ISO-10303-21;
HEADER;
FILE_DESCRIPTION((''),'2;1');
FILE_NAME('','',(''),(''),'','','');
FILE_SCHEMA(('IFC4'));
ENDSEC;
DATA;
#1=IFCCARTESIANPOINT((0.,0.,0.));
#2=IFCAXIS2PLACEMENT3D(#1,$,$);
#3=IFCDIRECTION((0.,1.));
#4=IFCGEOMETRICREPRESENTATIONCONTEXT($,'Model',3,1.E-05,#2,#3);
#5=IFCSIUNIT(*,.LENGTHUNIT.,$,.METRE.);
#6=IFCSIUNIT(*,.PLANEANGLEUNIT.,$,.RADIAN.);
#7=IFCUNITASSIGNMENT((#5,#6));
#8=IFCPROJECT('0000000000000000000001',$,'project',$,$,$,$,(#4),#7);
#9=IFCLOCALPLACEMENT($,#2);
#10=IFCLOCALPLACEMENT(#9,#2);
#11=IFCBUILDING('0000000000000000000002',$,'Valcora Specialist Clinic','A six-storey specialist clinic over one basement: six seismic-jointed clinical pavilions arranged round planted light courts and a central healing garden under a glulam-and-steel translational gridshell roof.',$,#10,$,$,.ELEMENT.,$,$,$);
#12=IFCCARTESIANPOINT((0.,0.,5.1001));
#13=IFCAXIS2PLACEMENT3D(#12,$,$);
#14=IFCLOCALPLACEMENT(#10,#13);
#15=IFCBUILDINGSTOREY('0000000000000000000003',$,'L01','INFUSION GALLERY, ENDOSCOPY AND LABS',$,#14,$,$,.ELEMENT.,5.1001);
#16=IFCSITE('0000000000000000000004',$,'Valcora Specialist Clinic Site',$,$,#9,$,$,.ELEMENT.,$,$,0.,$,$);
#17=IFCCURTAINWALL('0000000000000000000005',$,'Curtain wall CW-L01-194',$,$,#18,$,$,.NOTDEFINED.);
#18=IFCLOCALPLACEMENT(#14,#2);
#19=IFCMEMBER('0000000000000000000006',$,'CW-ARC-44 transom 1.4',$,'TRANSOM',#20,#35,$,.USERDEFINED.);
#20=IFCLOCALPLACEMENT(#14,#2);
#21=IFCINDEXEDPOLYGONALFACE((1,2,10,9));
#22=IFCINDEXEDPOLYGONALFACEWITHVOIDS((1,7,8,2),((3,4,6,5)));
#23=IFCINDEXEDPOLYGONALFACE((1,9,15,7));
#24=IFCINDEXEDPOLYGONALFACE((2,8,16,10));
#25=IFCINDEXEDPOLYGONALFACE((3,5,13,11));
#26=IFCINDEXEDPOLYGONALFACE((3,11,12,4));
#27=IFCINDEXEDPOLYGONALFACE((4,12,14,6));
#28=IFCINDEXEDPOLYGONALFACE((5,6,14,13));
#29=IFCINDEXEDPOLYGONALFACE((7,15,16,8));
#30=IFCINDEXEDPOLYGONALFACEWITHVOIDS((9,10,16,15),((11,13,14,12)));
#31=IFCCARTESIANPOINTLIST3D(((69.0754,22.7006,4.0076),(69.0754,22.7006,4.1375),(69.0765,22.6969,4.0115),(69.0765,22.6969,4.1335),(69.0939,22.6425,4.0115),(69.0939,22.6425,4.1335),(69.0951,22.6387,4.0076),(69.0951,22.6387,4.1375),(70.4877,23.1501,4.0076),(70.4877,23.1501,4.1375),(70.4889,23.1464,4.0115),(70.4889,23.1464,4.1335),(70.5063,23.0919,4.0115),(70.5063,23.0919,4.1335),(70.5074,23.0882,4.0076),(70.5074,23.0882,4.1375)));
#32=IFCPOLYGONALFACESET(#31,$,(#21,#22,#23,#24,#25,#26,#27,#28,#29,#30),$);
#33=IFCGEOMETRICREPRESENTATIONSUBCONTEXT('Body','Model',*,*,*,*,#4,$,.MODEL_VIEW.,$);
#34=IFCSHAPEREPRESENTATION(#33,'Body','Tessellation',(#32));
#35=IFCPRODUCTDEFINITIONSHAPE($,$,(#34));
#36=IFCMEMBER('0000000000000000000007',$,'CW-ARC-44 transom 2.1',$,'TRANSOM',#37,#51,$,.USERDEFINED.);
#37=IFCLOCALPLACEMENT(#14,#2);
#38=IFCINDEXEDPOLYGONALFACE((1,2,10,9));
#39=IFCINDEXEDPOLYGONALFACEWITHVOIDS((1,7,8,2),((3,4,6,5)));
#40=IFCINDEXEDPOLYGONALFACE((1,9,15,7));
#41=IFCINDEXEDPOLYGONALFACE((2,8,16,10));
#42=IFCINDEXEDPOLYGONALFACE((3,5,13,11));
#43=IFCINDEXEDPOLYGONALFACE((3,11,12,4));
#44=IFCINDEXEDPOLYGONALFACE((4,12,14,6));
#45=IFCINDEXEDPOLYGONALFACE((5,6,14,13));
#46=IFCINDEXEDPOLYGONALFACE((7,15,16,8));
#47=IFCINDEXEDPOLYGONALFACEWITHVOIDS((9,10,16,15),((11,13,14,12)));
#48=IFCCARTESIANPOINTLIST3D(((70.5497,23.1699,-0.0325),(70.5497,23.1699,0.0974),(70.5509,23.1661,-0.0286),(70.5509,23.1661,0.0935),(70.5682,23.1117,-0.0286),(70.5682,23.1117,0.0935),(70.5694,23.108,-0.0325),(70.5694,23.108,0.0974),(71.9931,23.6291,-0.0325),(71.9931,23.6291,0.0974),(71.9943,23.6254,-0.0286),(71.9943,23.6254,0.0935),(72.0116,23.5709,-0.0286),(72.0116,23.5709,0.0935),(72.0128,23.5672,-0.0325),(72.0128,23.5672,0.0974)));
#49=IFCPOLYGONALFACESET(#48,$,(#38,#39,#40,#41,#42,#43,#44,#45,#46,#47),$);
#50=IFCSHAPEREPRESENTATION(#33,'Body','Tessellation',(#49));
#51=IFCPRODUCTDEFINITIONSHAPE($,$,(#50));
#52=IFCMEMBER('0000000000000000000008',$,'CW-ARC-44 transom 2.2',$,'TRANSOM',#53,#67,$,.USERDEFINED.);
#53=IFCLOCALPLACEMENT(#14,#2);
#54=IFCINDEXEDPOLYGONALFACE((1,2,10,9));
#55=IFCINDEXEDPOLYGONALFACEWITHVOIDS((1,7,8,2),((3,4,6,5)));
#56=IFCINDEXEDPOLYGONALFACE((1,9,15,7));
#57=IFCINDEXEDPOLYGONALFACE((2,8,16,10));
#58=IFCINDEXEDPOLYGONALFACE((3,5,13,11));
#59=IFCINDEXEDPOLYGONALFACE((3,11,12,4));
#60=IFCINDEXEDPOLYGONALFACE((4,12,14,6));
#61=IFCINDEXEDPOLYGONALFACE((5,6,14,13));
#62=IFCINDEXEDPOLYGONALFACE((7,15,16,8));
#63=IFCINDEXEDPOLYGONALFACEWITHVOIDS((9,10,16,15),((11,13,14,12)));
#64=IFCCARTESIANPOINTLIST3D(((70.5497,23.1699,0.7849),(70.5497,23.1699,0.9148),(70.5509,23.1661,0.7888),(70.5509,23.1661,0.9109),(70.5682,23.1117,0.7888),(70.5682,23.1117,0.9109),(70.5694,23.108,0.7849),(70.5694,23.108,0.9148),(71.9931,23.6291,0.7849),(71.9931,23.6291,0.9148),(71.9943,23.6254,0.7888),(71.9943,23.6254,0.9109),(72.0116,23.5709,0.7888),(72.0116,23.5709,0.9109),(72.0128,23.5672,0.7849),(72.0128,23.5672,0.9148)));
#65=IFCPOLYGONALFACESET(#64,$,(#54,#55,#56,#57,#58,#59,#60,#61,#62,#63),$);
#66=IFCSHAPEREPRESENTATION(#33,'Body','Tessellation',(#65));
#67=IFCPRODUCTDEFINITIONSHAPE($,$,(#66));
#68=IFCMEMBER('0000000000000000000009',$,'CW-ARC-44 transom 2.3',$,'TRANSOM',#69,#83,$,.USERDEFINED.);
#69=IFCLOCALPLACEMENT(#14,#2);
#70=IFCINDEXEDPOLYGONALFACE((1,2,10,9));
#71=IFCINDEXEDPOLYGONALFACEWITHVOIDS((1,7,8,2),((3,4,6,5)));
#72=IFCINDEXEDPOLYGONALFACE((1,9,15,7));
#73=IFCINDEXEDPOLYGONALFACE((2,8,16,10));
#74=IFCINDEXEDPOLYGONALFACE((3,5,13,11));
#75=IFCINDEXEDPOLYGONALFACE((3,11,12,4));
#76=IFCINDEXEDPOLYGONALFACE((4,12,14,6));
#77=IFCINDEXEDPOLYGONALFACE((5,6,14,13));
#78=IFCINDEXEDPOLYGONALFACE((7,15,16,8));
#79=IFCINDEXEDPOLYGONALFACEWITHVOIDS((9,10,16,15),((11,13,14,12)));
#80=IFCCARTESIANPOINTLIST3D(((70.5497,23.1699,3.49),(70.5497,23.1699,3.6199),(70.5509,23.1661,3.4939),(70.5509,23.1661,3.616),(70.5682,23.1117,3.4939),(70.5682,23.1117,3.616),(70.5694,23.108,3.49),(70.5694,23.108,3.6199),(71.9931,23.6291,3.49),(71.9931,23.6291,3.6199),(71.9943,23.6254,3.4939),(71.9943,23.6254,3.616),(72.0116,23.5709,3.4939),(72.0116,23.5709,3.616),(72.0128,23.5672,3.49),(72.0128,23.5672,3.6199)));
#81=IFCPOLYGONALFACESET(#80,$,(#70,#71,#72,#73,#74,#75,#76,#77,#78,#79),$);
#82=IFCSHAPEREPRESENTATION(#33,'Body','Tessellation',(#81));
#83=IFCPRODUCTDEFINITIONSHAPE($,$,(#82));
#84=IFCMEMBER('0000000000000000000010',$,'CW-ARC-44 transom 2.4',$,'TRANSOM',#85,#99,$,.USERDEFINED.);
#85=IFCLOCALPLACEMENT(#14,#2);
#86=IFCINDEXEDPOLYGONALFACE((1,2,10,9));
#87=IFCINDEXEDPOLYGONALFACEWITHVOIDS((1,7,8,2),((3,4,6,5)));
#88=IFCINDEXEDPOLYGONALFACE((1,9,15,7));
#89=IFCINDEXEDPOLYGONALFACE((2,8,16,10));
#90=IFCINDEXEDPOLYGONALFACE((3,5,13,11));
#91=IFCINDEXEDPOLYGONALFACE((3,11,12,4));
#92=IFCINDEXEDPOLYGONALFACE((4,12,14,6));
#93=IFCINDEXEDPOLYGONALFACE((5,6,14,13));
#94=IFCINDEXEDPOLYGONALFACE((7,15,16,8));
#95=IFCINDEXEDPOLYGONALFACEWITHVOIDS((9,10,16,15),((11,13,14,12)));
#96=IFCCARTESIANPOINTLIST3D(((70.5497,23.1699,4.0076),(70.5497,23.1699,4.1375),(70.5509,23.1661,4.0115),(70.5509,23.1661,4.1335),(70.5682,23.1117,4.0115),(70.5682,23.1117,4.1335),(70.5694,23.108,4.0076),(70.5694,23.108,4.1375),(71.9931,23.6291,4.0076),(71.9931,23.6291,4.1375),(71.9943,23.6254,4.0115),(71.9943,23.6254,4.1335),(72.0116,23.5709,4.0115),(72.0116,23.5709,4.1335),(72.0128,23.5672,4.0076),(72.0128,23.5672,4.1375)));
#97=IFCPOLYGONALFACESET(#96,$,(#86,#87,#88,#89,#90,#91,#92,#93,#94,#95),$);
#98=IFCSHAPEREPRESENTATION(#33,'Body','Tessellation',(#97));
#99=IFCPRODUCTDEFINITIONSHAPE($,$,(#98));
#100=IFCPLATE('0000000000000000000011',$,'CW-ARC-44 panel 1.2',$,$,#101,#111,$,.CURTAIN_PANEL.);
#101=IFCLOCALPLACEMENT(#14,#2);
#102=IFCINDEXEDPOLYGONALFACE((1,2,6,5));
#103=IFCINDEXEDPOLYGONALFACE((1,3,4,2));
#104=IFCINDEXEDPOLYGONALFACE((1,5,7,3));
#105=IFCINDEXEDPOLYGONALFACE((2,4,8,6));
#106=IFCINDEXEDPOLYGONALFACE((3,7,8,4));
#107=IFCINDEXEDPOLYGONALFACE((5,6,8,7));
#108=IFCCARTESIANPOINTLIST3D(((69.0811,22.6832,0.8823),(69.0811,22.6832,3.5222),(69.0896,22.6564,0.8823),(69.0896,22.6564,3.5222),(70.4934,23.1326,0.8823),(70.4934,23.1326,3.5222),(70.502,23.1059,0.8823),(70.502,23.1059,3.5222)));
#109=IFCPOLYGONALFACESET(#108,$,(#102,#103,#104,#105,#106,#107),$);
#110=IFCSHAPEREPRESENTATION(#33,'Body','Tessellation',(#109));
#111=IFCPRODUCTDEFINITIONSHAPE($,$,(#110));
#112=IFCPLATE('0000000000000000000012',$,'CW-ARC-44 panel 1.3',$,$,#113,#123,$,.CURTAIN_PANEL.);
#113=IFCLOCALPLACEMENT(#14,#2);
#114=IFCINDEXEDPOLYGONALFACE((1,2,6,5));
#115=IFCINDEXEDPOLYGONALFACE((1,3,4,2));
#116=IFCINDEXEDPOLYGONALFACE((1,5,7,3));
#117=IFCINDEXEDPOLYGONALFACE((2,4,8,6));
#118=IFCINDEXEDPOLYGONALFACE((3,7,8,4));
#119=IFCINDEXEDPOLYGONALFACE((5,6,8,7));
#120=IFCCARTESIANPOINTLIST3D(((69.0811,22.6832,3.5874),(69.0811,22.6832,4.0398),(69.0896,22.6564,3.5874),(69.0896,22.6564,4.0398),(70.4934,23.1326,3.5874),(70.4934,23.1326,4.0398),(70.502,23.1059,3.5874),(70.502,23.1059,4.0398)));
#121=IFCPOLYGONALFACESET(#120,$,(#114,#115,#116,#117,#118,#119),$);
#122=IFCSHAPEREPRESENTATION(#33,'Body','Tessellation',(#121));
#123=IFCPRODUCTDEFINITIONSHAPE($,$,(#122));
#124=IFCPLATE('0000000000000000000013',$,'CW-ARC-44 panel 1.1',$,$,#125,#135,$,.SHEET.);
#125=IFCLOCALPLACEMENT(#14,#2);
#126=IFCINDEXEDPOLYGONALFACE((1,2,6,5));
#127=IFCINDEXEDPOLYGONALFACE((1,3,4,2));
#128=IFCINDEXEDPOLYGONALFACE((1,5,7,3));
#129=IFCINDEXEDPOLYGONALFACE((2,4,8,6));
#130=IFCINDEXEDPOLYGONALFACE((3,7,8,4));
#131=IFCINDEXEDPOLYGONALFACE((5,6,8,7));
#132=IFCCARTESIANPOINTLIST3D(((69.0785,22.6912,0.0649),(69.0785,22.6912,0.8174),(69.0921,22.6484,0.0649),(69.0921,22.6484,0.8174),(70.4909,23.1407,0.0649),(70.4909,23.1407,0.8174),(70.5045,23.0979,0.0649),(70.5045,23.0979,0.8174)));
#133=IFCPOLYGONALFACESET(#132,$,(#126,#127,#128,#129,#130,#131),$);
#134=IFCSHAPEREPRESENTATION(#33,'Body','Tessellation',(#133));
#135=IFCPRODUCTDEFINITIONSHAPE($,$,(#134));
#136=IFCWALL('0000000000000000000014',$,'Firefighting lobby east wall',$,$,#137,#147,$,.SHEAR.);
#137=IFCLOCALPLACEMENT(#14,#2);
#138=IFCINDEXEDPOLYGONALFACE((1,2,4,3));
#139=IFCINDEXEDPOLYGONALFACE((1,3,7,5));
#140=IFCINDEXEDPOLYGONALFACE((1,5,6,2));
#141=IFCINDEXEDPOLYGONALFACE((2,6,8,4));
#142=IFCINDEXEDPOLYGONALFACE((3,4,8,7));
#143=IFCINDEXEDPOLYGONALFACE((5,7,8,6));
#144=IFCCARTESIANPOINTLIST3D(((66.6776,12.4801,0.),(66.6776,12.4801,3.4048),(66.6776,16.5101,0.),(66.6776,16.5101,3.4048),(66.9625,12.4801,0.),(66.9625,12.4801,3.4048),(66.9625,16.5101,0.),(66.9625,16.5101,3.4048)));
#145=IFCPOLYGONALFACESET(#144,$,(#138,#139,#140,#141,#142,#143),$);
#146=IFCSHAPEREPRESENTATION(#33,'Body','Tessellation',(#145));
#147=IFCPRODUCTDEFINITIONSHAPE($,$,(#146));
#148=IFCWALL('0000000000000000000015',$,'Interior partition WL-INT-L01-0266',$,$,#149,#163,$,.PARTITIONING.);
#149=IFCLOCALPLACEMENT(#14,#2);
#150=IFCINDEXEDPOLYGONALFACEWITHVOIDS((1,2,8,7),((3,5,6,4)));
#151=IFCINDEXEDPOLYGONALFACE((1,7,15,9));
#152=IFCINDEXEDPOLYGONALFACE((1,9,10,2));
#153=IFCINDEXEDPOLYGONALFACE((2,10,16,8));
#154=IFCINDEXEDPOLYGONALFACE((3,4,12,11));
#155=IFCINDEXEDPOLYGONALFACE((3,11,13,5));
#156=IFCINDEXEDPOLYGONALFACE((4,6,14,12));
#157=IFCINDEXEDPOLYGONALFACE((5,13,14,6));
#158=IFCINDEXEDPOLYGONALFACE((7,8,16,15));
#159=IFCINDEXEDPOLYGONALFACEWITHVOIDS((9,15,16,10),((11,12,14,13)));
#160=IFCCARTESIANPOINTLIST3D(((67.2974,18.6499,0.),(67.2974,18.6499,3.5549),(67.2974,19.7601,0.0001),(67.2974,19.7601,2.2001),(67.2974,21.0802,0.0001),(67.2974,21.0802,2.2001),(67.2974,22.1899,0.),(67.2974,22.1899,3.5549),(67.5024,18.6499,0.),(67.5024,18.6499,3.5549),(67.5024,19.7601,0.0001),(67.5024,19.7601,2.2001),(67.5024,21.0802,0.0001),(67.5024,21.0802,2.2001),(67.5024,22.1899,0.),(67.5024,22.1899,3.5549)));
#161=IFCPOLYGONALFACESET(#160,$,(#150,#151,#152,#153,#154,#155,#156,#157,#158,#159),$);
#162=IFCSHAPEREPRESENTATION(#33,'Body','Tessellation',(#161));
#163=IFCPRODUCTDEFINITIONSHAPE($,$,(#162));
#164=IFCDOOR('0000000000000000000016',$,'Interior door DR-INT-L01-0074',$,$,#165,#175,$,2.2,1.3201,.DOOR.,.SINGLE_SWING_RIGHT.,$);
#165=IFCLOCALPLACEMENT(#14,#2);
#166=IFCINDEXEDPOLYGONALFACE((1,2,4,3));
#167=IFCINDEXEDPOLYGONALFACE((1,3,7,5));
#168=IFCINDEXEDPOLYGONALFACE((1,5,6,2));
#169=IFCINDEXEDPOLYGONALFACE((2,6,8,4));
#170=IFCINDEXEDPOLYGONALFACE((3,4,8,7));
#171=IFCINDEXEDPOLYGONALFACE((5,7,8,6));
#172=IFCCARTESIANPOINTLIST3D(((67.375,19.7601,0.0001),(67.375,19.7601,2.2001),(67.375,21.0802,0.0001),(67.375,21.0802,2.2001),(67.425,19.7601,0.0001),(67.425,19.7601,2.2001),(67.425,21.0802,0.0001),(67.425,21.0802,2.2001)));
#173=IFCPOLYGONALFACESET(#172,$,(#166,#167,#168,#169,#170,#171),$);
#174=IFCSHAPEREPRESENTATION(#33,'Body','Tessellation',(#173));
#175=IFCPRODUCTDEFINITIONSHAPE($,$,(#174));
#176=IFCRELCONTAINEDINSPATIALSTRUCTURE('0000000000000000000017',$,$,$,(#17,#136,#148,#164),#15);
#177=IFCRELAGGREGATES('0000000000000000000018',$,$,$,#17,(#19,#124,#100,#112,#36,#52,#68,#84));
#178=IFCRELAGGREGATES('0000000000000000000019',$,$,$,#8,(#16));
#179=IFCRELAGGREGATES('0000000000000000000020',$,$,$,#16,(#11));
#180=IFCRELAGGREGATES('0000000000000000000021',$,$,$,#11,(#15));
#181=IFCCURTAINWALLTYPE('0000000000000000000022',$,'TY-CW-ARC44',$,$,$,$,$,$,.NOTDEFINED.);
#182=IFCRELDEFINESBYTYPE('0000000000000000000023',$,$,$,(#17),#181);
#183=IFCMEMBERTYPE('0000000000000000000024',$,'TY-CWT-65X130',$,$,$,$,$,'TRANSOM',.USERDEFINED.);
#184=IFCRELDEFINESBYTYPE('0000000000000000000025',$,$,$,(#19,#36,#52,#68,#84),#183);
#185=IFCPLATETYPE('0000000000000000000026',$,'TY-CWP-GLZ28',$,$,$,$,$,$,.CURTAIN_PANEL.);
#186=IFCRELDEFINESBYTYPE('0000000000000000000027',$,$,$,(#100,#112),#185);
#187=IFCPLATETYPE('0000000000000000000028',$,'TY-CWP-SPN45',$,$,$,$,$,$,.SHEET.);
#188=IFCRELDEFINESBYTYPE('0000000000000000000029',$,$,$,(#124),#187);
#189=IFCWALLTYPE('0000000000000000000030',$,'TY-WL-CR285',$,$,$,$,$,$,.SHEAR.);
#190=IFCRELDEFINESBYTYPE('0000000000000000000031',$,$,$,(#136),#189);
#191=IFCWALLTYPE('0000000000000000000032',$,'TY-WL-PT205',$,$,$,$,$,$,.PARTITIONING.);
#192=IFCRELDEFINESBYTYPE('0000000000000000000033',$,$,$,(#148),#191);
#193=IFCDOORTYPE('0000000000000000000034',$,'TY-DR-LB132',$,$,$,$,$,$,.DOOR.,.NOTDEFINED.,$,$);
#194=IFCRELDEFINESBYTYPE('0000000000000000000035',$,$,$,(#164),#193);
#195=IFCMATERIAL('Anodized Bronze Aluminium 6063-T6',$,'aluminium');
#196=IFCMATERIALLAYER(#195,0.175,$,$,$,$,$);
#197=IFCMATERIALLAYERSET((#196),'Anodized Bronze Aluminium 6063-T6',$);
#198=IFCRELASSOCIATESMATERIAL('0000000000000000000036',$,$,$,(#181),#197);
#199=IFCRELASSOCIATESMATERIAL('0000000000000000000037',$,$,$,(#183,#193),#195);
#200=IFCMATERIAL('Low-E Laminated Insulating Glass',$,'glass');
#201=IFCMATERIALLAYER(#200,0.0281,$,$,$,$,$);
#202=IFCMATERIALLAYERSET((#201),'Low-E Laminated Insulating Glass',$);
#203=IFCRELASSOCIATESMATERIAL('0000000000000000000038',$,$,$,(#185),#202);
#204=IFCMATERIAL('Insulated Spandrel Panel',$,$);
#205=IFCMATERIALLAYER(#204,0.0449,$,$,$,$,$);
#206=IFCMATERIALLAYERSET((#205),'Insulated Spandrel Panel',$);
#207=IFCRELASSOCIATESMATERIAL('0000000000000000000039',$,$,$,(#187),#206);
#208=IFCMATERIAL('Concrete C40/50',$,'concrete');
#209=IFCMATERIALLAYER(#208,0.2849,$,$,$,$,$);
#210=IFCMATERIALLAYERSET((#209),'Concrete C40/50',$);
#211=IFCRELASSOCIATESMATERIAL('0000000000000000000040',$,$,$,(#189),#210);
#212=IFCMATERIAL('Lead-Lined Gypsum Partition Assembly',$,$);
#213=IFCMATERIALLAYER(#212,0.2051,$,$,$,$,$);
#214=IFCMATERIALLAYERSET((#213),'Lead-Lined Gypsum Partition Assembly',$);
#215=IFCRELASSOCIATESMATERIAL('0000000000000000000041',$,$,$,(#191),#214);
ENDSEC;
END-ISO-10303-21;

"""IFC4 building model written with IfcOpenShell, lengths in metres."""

from ifc_helpers import new_model, si_unit, direction, frame, frame_2d, origin, origin_2d, place, context, subcontext, project, spatial, rectangle, hollow_rectangle, extrude, material, layer, layer_set, material_profile, profile_set, type_object, element, fill, aggregate, save


model = new_model("IFC4")

# Units and contexts
model_context = context("Model", 3, precision=1e-05, world=origin(), true_north=direction((0.0, 1.0)))
body_context = subcontext(model_context, "Body", "Model", "MODEL_VIEW")
ifc_project = project(units=[si_unit("LENGTHUNIT", "METRE"), si_unit("PLANEANGLEUNIT", "RADIAN")], contexts=[model_context])

# Site, building, storey
site_placement = place(None, origin())
site = spatial("IfcSite", under=ifc_project, at=site_placement, Name="Valcora Specialist Clinic Site", CompositionType="ELEMENT", RefElevation=0.0)
building_placement = place(site_placement, origin())
building = spatial("IfcBuilding", under=site, at=building_placement, Name="Valcora Specialist Clinic", Description="A six-storey specialist clinic over one basement: six seismic-jointed clinical pavilions arranged round planted light courts and a central healing garden under a glulam-and-steel translational gridshell roof.", CompositionType="ELEMENT")
storey_placement = place(building_placement, frame((0.0, 0.0, 5.1001)))
storey = spatial("IfcBuildingStorey", under=building, at=storey_placement, Name="L01", Description="INFUSION GALLERY, ENDOSCOPY AND LABS", CompositionType="ELEMENT", Elevation=5.1001)

# Shared definitions
ifc_material_1 = material(Name="Concrete C40/50", Category="concrete")

# Curtain wall
ifc_material_2 = material(Name="Anodized Bronze Aluminium 6063-T6", Category="aluminium")
ifc_layer_1 = layer(ifc_material_2, 0.175)
ifc_layer_set_1 = layer_set([ifc_layer_1], Name="Anodized Bronze Aluminium 6063-T6")
curtain_wall_type_1 = type_object("IfcCurtainWallType", Name="TY-CW-ARC44", PredefinedType="NOTDEFINED", material=ifc_layer_set_1)
curtain_wall_1_placement = place(storey_placement, origin())
curtain_wall_1 = element("IfcCurtainWall", 1, at=curtain_wall_1_placement, inside=storey, type_object=curtain_wall_type_1, Name="Curtain wall CW-L01-194", PredefinedType="NOTDEFINED")

# Members
ifc_material_profile_1 = material_profile(ifc_material_2, hollow_rectangle(XDim=0.0649, YDim=0.1299, WallThickness=0.0039, at=origin_2d()), Name="AL-TRN-65X130")
ifc_profile_set_1 = profile_set([ifc_material_profile_1], Name="Anodized Bronze Aluminium 6063-T6")
member_type_1 = type_object("IfcMemberType", Name="TY-CWT-65X130", ElementType="TRANSOM", PredefinedType="USERDEFINED", material=ifc_profile_set_1)
member_1_placement = place(storey_placement, frame((69.0852, 22.6697, 4.0725), z_axis=(0.952911, 0.303251, 0.0), x_axis=(-0.303251, 0.952911, 0.0)))
member_1 = element("IfcMember", 2, at=member_1_placement, type_object=member_type_1, Name="CW-ARC-44 transom 1.4", ObjectType="TRANSOM", PredefinedType="USERDEFINED", context=body_context, shape_type="SweptSolid", body=[
    extrude(hollow_rectangle(XDim=0.0649, YDim=0.1299, WallThickness=0.0039, at=origin_2d()), origin(), (0.0, 0.0, 1.0), 1.4822),
])
member_2_placement = place(storey_placement, frame((70.5596, 23.1389, 0.0325), z_axis=(0.95293, 0.30319, 0.0), x_axis=(-0.30319, 0.95293, 0.0)))
member_2 = element("IfcMember", 3, at=member_2_placement, type_object=member_type_1, Name="CW-ARC-44 transom 2.1", ObjectType="TRANSOM", PredefinedType="USERDEFINED", context=body_context, shape_type="SweptSolid", body=[
    extrude(hollow_rectangle(XDim=0.0649, YDim=0.1299, WallThickness=0.0039, at=origin_2d()), origin(), (0.0, 0.0, 1.0), 1.5146),
])
member_3_placement = place(storey_placement, frame((70.5596, 23.1389, 0.8499), z_axis=(0.95293, 0.30319, 0.0), x_axis=(-0.30319, 0.95293, 0.0)))
member_3 = element("IfcMember", 4, at=member_3_placement, type_object=member_type_1, Name="CW-ARC-44 transom 2.2", ObjectType="TRANSOM", PredefinedType="USERDEFINED", context=body_context, shape_type="SweptSolid", body=[
    extrude(hollow_rectangle(XDim=0.0649, YDim=0.1299, WallThickness=0.0039, at=origin_2d()), origin(), (0.0, 0.0, 1.0), 1.5146),
])
member_4_placement = place(storey_placement, frame((70.5596, 23.1389, 3.5549), z_axis=(0.95293, 0.30319, 0.0), x_axis=(-0.30319, 0.95293, 0.0)))
member_4 = element("IfcMember", 5, at=member_4_placement, type_object=member_type_1, Name="CW-ARC-44 transom 2.3", ObjectType="TRANSOM", PredefinedType="USERDEFINED", context=body_context, shape_type="SweptSolid", body=[
    extrude(hollow_rectangle(XDim=0.0649, YDim=0.1299, WallThickness=0.0039, at=origin_2d()), origin(), (0.0, 0.0, 1.0), 1.5146),
])
member_5_placement = place(storey_placement, frame((70.5596, 23.1389, 4.0725), z_axis=(0.95293, 0.30319, 0.0), x_axis=(-0.30319, 0.95293, 0.0)))
member_5 = element("IfcMember", 6, at=member_5_placement, type_object=member_type_1, Name="CW-ARC-44 transom 2.4", ObjectType="TRANSOM", PredefinedType="USERDEFINED", context=body_context, shape_type="SweptSolid", body=[
    extrude(hollow_rectangle(XDim=0.0649, YDim=0.1299, WallThickness=0.0039, at=origin_2d()), origin(), (0.0, 0.0, 1.0), 1.5146),
])

# Plates
ifc_material_3 = material(Name="Low-E Laminated Insulating Glass", Category="glass")
ifc_layer_2 = layer(ifc_material_3, 0.0281)
ifc_layer_set_2 = layer_set([ifc_layer_2], Name="Low-E Laminated Insulating Glass")
plate_type_1 = type_object("IfcPlateType", Name="TY-CWP-GLZ28", PredefinedType="CURTAIN_PANEL", material=ifc_layer_set_2)
plate_1_placement = place(storey_placement, frame((69.7915, 22.8945, 0.8823), z_axis=(0.0, 0.0, 1.0), x_axis=(0.952916, 0.303233, 0.0)))
plate_1 = element("IfcPlate", 7, at=plate_1_placement, type_object=plate_type_1, Name="CW-ARC-44 panel 1.2", PredefinedType="CURTAIN_PANEL", context=body_context, shape_type="SweptSolid", body=[
    extrude(rectangle(XDim=1.4822, YDim=0.0281, at=origin_2d()), origin(), (0.0, 0.0, 1.0), 2.6399),
])
plate_2_placement = place(storey_placement, frame((69.7915, 22.8945, 3.5874), z_axis=(0.0, 0.0, 1.0), x_axis=(0.952916, 0.303233, 0.0)))
plate_2 = element("IfcPlate", 8, at=plate_2_placement, type_object=plate_type_1, Name="CW-ARC-44 panel 1.3", PredefinedType="CURTAIN_PANEL", context=body_context, shape_type="SweptSolid", body=[
    extrude(rectangle(XDim=1.4822, YDim=0.0281, at=origin_2d()), origin(), (0.0, 0.0, 1.0), 0.4524),
])
ifc_material_4 = material(Name="Insulated Spandrel Panel")
ifc_layer_3 = layer(ifc_material_4, 0.0449)
ifc_layer_set_3 = layer_set([ifc_layer_3], Name="Insulated Spandrel Panel")
plate_type_2 = type_object("IfcPlateType", Name="TY-CWP-SPN45", PredefinedType="SHEET", material=ifc_layer_set_3)
plate_3_placement = place(storey_placement, frame((69.7915, 22.8945, 0.0649), z_axis=(0.0, 0.0, 1.0), x_axis=(0.952916, 0.303233, 0.0)))
plate_3 = element("IfcPlate", 9, at=plate_3_placement, type_object=plate_type_2, Name="CW-ARC-44 panel 1.1", PredefinedType="SHEET", context=body_context, shape_type="SweptSolid", body=[
    extrude(rectangle(XDim=1.4822, YDim=0.0449, at=origin_2d()), origin(), (0.0, 0.0, 1.0), 0.7524),
])
aggregate(curtain_wall_1, [member_1, plate_3, plate_1, plate_2, member_2, member_3, member_4, member_5])

# Wall
ifc_layer_4 = layer(ifc_material_1, 0.2849)
ifc_layer_set_4 = layer_set([ifc_layer_4], Name="Concrete C40/50")
wall_type_1 = type_object("IfcWallType", Name="TY-WL-CR285", PredefinedType="SHEAR", material=ifc_layer_set_4)
wall_1_placement = place(storey_placement, frame((66.8201, 12.48, 0.0), z_axis=(0.0, 0.0, 1.0), x_axis=(0.0, 1.0, 0.0)))
element("IfcWall", 10, at=wall_1_placement, inside=storey, type_object=wall_type_1, Name="Firefighting lobby east wall", PredefinedType="SHEAR", context=body_context, shape_type="SweptSolid", body=[
    extrude(rectangle(XDim=4.03, YDim=0.2849, at=frame_2d((2.0151, 0.0))), origin(), (0.0, 0.0, 1.0), 3.4048),
])

# Wall, opening, door
ifc_material_5 = material(Name="Lead-Lined Gypsum Partition Assembly")
ifc_layer_5 = layer(ifc_material_5, 0.2051)
ifc_layer_set_5 = layer_set([ifc_layer_5], Name="Lead-Lined Gypsum Partition Assembly")
wall_type_2 = type_object("IfcWallType", Name="TY-WL-PT205", PredefinedType="PARTITIONING", material=ifc_layer_set_5)
wall_2_placement = place(storey_placement, frame((67.3999, 18.6499, 0.0), z_axis=(0.0, 0.0, 1.0), x_axis=(0.0, 1.0, 0.0)))
wall_2 = element("IfcWall", 11, at=wall_2_placement, inside=storey, type_object=wall_type_2, Name="Interior partition WL-INT-L01-0266", PredefinedType="PARTITIONING", context=body_context, shape_type="SweptSolid", body=[
    extrude(rectangle(XDim=3.54, YDim=0.2051, at=frame_2d((1.77, 0.0))), origin(), (0.0, 0.0, 1.0), 3.5549),
])
opening_1_placement = place(wall_2_placement, frame((1.1101, 0.0, 0.0)))
opening_1 = element("IfcOpeningElement", 12, at=opening_1_placement, cuts=wall_2, PredefinedType="OPENING", context=body_context, shape_type="SweptSolid", body=[
    extrude(rectangle(XDim=1.3201, YDim=2.2, at=frame_2d((0.6602, 1.1001))), frame((0.0, 0.1125, 0.0), z_axis=(0.0, -1.0, 0.0), x_axis=(1.0, 0.0, 0.0)), (0.0, 0.0, 1.0), 0.2251),
])
door_type_1 = type_object("IfcDoorType", Name="TY-DR-LB132", OperationType="NOTDEFINED", PredefinedType="DOOR", material=ifc_material_2)
door_1_placement = place(opening_1_placement, origin())
door_1 = element("IfcDoor", 13, at=door_1_placement, inside=storey, type_object=door_type_1, Name="Interior door DR-INT-L01-0074", OperationType="SINGLE_SWING_RIGHT", OverallHeight=2.2, OverallWidth=1.3201, PredefinedType="DOOR", context=body_context, shape_type="SweptSolid", body=[
    extrude(rectangle(XDim=1.3201, YDim=2.2, at=frame_2d((0.6602, 1.1001))), frame((0.0, 0.0249, 0.0), z_axis=(0.0, -1.0, 0.0), x_axis=(1.0, 0.0, 0.0)), (0.0, 0.0, 1.0), 0.05),
])
fill(opening_1, door_1)

save(model, "model.ifc")
